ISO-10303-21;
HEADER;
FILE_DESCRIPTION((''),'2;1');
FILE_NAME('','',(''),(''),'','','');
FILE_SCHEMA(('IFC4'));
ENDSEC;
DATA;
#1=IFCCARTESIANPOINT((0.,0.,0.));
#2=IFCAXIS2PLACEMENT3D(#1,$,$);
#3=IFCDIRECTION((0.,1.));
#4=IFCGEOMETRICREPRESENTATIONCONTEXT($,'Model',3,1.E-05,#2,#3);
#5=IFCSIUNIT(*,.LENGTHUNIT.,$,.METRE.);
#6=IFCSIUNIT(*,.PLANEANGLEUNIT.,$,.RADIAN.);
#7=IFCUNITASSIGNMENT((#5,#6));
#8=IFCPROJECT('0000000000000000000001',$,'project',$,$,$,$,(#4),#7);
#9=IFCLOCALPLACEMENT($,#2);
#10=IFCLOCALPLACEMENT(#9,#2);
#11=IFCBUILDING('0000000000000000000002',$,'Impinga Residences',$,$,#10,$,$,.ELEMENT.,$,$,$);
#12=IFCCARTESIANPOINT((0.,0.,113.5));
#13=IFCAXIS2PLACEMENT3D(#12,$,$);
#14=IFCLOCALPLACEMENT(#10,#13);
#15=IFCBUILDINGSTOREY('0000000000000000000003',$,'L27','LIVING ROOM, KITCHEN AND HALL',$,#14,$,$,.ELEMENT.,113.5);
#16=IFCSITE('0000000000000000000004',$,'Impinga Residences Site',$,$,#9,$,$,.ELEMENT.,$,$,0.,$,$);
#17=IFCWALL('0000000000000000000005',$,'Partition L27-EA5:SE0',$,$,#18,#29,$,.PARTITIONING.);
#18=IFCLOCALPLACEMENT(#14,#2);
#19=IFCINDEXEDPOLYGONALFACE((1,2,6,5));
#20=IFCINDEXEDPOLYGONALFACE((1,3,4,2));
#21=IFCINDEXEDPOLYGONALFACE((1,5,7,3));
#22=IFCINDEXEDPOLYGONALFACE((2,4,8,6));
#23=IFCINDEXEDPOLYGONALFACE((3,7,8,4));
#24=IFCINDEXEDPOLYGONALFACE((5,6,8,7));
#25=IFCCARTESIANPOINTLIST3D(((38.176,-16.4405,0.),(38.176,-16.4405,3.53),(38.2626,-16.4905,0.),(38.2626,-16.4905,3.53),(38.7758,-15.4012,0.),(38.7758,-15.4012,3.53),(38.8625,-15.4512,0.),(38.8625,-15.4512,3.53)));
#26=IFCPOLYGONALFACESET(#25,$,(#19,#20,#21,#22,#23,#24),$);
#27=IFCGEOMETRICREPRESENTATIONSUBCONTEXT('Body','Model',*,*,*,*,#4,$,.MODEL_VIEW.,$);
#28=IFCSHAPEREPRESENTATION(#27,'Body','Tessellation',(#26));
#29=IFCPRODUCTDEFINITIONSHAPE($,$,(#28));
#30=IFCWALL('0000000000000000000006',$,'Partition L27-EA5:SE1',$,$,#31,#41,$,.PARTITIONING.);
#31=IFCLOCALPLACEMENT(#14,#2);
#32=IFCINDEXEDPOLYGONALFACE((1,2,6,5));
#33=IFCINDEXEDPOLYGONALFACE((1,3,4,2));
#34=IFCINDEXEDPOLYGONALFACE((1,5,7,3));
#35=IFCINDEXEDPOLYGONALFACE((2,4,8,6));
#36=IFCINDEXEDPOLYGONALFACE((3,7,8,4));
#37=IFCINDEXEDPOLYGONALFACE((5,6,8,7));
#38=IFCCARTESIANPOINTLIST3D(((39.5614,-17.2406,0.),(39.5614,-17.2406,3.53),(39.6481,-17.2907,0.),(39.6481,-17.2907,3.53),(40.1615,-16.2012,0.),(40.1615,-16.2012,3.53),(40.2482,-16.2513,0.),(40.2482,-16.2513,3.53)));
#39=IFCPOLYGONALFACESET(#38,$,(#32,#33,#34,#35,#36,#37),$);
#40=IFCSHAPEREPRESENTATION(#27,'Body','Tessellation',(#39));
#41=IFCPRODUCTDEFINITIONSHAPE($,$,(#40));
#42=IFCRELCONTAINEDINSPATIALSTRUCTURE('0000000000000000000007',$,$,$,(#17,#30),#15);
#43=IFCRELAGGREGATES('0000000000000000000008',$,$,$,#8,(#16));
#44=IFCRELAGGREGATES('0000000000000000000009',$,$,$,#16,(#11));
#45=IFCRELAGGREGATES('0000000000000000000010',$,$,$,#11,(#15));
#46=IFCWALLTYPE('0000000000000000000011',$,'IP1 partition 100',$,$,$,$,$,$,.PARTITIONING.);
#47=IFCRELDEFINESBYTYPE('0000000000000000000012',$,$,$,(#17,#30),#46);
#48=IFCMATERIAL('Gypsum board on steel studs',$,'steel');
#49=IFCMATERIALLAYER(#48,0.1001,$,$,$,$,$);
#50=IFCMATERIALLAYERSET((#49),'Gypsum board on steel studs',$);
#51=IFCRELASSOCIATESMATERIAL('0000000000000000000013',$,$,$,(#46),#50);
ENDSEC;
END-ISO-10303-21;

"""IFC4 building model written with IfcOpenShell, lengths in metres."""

from ifc_helpers import new_model, si_unit, direction, frame, frame_2d, origin, place, context, subcontext, project, spatial, rectangle, extrude, material, layer, layer_set, type_object, element, save


model = new_model("IFC4")

# Units and contexts
model_context = context("Model", 3, precision=1e-05, world=origin(), true_north=direction((0.0, 1.0)))
body_context = subcontext(model_context, "Body", "Model", "MODEL_VIEW")
ifc_project = project(units=[si_unit("LENGTHUNIT", "METRE"), si_unit("PLANEANGLEUNIT", "RADIAN")], contexts=[model_context])

# Site, building, storey
site_placement = place(None, origin())
site = spatial("IfcSite", under=ifc_project, at=site_placement, Name="Impinga Residences Site", CompositionType="ELEMENT", RefElevation=0.0)
building_placement = place(site_placement, origin())
building = spatial("IfcBuilding", under=site, at=building_placement, Name="Impinga Residences", CompositionType="ELEMENT")
storey_placement = place(building_placement, frame((0.0, 0.0, 113.5)))
storey = spatial("IfcBuildingStorey", under=building, at=storey_placement, Name="L27", Description="LIVING ROOM, KITCHEN AND HALL", CompositionType="ELEMENT", Elevation=113.5)

# Shared definitions
ifc_material_1 = material(Name="Gypsum board on steel studs", Category="steel")
ifc_layer_1 = layer(ifc_material_1, 0.1001)
ifc_layer_set_1 = layer_set([ifc_layer_1], Name="Gypsum board on steel studs")
wall_type_1 = type_object("IfcWallType", Name="IP1 partition 100", PredefinedType="PARTITIONING", material=ifc_layer_set_1)

# Walls
wall_1_placement = place(storey_placement, frame((38.2192, -16.4656, 0.0), z_axis=(0.0, 0.0, 1.0), x_axis=(0.499881, 0.866094, 0.0)))
element("IfcWall", 1, at=wall_1_placement, inside=storey, type_object=wall_type_1, Name="Partition L27-EA5:SE0", PredefinedType="PARTITIONING", context=body_context, shape_type="SweptSolid", body=[
    extrude(rectangle(XDim=1.2, YDim=0.1001, at=frame_2d((0.6001, 0.0))), origin(), (0.0, 0.0, 1.0), 3.53),
])
wall_2_placement = place(storey_placement, frame((39.6047, -17.2656, 0.0), z_axis=(0.0, 0.0, 1.0), x_axis=(0.500034, 0.866006, 0.0)))
element("IfcWall", 2, at=wall_2_placement, inside=storey, type_object=wall_type_1, Name="Partition L27-EA5:SE1", PredefinedType="PARTITIONING", context=body_context, shape_type="SweptSolid", body=[
    extrude(rectangle(XDim=1.2002, YDim=0.1001, at=frame_2d((0.6001, 0.0))), origin(), (0.0, 0.0, 1.0), 3.53),
])

save(model, "model.ifc")
